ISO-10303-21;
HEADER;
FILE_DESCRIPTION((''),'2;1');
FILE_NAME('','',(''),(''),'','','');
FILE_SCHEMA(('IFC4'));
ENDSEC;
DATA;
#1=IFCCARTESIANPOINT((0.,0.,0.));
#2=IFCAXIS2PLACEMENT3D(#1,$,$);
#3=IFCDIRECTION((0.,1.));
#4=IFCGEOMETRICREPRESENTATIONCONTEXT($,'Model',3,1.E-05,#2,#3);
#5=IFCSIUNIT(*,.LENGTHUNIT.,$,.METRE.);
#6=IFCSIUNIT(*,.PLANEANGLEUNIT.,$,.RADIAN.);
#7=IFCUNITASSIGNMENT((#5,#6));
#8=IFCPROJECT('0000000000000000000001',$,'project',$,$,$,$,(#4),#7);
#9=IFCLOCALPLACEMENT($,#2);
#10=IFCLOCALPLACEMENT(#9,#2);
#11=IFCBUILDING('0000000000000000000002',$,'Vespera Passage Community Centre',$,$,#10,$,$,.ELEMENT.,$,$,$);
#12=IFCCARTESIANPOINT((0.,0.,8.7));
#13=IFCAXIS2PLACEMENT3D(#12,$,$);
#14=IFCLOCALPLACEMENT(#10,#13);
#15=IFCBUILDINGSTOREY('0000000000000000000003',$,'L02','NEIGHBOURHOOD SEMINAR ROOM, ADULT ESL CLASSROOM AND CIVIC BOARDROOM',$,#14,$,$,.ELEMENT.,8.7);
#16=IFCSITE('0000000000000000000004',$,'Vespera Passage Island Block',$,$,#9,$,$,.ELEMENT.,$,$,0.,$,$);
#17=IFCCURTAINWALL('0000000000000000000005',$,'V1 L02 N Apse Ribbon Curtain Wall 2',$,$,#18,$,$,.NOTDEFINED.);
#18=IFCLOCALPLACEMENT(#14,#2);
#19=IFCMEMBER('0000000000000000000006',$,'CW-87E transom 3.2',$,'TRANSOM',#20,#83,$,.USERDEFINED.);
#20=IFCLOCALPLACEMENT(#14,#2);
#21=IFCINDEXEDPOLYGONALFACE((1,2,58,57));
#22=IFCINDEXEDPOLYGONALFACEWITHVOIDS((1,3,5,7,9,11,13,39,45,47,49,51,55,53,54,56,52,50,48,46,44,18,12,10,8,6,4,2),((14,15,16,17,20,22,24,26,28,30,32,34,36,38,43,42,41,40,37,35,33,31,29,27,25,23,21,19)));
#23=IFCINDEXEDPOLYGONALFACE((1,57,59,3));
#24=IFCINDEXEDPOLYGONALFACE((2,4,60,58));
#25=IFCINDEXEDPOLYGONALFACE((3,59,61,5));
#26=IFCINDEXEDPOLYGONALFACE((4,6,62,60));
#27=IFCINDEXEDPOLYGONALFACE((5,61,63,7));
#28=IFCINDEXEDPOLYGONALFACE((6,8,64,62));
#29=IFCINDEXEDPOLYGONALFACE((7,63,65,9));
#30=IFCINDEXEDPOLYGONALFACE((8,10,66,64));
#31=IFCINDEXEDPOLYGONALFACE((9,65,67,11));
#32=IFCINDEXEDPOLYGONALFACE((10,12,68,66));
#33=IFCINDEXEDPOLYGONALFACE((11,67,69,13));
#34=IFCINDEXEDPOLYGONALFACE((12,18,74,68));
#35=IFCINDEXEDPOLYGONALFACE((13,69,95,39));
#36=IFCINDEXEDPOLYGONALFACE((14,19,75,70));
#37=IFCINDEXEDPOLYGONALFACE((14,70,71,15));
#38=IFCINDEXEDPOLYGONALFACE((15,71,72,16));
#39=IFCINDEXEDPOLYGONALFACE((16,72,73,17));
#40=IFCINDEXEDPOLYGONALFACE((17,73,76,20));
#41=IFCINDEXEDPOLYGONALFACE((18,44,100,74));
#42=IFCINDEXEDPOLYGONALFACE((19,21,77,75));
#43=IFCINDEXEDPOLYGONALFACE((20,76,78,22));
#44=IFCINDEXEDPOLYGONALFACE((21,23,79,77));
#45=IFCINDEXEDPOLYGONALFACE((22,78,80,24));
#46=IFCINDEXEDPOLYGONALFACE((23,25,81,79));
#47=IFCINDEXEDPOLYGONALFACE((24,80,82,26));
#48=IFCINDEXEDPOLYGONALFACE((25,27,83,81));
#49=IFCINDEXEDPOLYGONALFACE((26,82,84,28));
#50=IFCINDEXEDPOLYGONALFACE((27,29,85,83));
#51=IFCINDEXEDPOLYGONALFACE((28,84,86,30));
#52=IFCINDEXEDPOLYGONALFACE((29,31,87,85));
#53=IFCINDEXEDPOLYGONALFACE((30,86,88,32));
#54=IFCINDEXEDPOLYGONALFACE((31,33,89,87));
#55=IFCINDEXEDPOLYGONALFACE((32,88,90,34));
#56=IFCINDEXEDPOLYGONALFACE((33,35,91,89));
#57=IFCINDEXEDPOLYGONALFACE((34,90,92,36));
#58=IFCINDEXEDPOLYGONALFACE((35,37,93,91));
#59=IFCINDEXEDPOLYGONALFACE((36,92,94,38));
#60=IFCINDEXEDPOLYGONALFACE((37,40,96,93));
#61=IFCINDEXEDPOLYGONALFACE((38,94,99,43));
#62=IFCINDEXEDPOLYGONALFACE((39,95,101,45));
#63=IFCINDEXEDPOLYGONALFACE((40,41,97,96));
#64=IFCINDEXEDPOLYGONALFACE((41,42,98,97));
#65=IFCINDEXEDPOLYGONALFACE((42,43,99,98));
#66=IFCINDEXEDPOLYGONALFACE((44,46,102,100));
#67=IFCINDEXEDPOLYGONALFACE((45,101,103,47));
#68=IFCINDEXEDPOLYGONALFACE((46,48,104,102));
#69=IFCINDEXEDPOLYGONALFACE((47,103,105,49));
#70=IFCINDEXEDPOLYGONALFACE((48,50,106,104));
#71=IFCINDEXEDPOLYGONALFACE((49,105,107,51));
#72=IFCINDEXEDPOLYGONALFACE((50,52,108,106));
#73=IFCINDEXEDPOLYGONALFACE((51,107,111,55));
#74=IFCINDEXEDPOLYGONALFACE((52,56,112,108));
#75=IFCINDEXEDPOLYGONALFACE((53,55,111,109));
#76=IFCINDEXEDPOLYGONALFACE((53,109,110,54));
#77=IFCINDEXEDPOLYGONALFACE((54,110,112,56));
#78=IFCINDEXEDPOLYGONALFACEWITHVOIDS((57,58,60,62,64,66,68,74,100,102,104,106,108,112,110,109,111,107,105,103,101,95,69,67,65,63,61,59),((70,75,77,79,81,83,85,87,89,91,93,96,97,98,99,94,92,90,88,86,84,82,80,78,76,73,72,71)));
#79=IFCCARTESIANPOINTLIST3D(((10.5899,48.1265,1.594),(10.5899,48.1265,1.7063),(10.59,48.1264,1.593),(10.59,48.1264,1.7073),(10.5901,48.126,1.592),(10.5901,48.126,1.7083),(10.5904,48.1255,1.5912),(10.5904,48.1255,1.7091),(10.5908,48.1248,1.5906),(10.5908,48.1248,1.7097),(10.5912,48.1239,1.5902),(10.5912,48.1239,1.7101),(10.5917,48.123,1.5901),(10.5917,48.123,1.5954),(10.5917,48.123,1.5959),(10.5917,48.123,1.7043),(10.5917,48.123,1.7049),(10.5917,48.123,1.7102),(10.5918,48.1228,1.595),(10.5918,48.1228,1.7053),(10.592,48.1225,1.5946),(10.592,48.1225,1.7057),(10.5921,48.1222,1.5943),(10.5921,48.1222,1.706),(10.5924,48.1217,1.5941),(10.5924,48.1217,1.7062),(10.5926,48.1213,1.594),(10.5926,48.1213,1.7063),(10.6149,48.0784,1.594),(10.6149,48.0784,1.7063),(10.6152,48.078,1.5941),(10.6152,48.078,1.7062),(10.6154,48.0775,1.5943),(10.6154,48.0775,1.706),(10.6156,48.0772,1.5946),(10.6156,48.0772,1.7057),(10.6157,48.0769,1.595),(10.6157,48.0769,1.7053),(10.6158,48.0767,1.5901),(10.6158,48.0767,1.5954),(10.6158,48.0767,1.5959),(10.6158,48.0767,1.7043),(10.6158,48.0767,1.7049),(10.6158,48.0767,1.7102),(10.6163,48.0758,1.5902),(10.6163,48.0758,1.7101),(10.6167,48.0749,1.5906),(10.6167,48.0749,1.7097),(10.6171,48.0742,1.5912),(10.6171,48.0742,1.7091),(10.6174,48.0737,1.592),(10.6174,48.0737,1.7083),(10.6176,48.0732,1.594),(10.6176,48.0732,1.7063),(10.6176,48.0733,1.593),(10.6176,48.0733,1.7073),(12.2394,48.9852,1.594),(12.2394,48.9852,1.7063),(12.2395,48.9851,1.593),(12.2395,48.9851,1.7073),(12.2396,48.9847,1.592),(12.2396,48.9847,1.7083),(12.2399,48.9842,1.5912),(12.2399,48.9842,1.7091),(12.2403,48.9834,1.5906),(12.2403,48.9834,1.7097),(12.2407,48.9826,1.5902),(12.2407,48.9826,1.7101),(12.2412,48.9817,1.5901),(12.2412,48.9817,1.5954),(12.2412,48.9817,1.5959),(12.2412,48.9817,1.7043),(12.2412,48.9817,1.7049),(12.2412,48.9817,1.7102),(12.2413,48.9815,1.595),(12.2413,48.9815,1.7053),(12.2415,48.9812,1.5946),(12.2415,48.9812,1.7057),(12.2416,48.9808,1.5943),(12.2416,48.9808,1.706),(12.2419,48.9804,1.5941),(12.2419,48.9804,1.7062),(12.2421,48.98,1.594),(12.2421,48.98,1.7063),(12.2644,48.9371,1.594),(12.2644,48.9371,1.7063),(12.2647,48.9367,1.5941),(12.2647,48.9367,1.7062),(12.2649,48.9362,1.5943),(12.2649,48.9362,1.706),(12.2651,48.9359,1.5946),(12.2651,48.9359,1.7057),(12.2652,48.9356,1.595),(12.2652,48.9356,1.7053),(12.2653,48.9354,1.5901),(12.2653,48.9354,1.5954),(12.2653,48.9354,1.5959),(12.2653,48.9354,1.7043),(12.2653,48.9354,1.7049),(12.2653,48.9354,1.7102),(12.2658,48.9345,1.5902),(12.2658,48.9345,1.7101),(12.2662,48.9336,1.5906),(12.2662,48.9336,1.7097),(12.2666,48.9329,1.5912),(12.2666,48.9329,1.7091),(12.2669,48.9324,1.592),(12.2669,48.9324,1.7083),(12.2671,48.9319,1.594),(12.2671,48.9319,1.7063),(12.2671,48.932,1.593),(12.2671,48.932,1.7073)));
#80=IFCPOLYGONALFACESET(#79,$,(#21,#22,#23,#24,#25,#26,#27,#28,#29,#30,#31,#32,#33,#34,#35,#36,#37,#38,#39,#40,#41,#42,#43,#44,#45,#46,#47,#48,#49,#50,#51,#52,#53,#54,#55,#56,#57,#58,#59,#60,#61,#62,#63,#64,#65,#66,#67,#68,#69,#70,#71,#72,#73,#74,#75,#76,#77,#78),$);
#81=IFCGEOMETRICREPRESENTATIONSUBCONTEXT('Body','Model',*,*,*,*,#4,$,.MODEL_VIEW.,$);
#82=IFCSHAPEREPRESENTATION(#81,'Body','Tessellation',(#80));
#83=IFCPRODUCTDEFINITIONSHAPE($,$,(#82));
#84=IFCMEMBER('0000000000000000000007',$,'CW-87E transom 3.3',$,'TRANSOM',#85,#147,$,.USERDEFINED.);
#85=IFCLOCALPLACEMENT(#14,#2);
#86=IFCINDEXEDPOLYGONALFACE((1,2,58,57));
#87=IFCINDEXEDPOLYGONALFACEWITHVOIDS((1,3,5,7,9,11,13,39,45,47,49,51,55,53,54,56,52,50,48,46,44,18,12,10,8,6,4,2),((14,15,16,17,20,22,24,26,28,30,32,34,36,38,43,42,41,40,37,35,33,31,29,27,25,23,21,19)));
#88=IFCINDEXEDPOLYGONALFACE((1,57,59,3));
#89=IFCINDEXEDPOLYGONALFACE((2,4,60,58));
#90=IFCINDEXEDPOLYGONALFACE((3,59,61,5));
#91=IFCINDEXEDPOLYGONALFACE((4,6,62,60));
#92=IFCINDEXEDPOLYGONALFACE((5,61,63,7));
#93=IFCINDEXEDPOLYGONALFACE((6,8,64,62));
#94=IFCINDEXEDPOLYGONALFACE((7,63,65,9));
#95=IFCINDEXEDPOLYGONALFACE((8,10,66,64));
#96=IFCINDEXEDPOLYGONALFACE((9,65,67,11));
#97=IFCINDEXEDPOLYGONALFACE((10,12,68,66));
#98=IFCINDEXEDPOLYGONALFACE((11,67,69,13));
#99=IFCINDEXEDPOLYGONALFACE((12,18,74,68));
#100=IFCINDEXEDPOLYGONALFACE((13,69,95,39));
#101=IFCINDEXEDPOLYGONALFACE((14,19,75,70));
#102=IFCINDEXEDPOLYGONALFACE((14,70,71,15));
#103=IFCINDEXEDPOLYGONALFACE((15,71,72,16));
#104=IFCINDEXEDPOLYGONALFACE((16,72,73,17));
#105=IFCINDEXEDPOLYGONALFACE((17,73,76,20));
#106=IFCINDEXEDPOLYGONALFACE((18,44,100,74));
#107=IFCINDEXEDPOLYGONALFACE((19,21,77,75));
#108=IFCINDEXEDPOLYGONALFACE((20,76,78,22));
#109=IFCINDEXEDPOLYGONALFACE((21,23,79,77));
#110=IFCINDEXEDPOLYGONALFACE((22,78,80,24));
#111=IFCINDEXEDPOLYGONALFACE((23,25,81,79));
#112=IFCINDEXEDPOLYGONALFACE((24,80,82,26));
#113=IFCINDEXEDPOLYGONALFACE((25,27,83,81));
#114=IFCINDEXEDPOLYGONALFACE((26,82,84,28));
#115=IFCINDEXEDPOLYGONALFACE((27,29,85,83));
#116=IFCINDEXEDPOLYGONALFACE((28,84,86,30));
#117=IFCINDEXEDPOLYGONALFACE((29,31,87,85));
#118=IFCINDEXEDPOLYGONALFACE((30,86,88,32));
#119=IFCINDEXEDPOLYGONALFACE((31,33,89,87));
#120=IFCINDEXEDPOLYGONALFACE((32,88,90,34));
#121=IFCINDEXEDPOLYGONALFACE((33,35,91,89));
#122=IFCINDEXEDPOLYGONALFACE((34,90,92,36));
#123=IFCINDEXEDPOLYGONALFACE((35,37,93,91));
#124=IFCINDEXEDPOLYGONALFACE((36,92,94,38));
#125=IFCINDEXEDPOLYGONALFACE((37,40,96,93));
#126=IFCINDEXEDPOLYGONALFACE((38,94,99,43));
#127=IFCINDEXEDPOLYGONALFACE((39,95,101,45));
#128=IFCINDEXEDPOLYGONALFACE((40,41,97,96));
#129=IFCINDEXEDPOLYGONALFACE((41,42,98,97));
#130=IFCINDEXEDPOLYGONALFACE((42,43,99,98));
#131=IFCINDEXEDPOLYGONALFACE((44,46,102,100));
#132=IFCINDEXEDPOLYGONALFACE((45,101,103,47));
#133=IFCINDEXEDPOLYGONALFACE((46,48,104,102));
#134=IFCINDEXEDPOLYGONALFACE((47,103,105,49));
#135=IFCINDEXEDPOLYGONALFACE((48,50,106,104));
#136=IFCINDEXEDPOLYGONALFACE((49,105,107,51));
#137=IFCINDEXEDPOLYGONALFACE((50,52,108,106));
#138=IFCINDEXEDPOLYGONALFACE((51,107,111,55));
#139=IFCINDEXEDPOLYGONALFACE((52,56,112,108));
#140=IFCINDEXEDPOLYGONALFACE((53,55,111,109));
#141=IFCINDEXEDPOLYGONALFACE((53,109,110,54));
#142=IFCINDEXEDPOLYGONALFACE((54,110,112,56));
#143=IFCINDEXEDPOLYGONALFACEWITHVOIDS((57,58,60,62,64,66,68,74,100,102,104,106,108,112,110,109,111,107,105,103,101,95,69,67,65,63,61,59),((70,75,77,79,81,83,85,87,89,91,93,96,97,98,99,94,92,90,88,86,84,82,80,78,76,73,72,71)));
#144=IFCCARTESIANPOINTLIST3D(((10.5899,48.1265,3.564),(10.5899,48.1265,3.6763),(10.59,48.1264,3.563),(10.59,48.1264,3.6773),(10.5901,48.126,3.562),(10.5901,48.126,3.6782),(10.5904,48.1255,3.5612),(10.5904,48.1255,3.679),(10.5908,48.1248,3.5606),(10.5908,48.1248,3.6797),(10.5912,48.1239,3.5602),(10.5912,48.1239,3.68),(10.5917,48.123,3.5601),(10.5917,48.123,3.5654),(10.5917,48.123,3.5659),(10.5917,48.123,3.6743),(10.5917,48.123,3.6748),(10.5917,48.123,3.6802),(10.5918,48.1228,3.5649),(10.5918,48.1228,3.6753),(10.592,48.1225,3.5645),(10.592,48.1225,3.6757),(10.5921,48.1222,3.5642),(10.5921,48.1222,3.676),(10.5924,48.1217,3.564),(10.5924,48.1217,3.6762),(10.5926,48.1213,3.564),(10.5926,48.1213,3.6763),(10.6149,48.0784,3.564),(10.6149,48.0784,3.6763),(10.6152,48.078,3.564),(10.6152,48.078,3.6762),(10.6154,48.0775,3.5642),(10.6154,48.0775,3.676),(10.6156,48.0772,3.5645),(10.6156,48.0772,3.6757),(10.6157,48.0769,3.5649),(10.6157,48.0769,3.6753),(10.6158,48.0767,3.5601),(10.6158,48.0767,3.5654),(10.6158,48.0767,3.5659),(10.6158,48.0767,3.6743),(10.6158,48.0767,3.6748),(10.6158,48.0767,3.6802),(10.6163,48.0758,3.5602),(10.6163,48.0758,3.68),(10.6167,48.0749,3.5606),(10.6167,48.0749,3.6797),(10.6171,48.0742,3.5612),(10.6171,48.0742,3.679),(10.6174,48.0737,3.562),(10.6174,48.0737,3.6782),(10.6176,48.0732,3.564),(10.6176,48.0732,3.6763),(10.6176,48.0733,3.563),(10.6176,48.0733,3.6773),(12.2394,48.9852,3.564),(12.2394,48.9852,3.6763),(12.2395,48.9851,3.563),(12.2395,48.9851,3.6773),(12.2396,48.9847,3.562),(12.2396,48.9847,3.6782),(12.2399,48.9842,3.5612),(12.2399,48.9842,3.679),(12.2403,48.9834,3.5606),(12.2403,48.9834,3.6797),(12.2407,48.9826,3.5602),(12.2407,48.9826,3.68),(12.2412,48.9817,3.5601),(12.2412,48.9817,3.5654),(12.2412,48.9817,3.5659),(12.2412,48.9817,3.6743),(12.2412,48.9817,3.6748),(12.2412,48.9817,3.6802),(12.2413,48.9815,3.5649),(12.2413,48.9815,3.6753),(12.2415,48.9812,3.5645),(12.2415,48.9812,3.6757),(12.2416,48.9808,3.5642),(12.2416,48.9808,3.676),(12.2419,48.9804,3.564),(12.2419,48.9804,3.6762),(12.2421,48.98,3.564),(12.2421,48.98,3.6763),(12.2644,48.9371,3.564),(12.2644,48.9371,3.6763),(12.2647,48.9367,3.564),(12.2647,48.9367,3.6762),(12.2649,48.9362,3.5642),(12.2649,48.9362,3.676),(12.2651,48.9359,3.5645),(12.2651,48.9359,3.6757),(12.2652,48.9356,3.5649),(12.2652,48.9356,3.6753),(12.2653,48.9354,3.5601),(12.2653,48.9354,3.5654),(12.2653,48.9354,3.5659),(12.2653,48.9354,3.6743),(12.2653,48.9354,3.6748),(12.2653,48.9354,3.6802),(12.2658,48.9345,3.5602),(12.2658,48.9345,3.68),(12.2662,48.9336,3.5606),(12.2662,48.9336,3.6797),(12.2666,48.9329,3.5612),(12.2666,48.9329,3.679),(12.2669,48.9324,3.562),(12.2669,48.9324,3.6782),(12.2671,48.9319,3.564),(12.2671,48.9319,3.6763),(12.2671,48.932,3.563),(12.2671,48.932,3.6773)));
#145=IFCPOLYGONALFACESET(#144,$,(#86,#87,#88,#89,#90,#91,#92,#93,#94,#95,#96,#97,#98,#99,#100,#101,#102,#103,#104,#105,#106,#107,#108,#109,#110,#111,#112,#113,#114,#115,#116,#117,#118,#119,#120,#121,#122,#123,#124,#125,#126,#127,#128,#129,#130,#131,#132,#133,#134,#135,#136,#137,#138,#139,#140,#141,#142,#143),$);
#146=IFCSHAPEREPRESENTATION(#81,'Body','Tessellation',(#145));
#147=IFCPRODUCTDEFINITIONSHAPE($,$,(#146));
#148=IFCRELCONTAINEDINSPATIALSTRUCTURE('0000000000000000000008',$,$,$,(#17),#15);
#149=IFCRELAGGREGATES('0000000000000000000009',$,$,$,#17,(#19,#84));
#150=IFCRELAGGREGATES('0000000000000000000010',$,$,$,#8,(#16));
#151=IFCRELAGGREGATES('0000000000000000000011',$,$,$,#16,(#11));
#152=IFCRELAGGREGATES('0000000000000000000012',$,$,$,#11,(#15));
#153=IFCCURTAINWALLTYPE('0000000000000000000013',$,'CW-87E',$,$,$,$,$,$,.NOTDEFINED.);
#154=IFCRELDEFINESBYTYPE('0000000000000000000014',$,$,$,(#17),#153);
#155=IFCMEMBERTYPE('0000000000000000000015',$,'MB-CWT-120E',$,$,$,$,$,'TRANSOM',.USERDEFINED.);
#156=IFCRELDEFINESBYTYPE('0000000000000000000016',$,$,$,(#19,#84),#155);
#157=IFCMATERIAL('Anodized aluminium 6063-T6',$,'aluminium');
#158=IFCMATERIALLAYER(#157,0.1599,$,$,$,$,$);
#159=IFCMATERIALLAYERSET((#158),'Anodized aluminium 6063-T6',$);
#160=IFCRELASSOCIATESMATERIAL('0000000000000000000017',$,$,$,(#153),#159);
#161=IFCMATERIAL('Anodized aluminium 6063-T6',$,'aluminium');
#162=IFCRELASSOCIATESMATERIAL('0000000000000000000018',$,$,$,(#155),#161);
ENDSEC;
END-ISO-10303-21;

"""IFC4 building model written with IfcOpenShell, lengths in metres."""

from ifc_helpers import new_model, si_unit, direction, frame, origin, origin_2d, place, context, subcontext, project, spatial, hollow_rectangle, extrude, material, layer, layer_set, material_profile, profile_set, type_object, element, aggregate, save


model = new_model("IFC4")

# Units and contexts
model_context = context("Model", 3, precision=1e-05, world=origin(), true_north=direction((0.0, 1.0)))
body_context = subcontext(model_context, "Body", "Model", "MODEL_VIEW")
ifc_project = project(units=[si_unit("LENGTHUNIT", "METRE"), si_unit("PLANEANGLEUNIT", "RADIAN")], contexts=[model_context])

# Site, building, storey
site_placement = place(None, origin())
site = spatial("IfcSite", under=ifc_project, at=site_placement, Name="Vespera Passage Island Block", CompositionType="ELEMENT", RefElevation=0.0)
building_placement = place(site_placement, origin())
building = spatial("IfcBuilding", under=site, at=building_placement, Name="Vespera Passage Community Centre", CompositionType="ELEMENT")
storey_placement = place(building_placement, frame((0.0, 0.0, 8.7)))
storey = spatial("IfcBuildingStorey", under=building, at=storey_placement, Name="L02", Description="NEIGHBOURHOOD SEMINAR ROOM, ADULT ESL CLASSROOM AND CIVIC BOARDROOM", CompositionType="ELEMENT", Elevation=8.7)

# Curtain wall, members
ifc_material_1 = material(Name="Anodized aluminium 6063-T6", Category="aluminium")
ifc_layer_1 = layer(ifc_material_1, 0.1599)
ifc_layer_set_1 = layer_set([ifc_layer_1], Name="Anodized aluminium 6063-T6")
curtain_wall_type = type_object("IfcCurtainWallType", Name="CW-87E", PredefinedType="NOTDEFINED", material=ifc_layer_set_1)
curtain_wall_placement = place(storey_placement, origin())
curtain_wall = element("IfcCurtainWall", 1, at=curtain_wall_placement, inside=storey, type_object=curtain_wall_type, Name="V1 L02 N Apse Ribbon Curtain Wall 2", PredefinedType="NOTDEFINED")
ifc_material_2 = material(Name="Anodized aluminium 6063-T6", Category="aluminium")
ifc_material_profile_1 = material_profile(ifc_material_2, hollow_rectangle(XDim=0.0601, YDim=0.1201, WallThickness=0.0039, InnerFilletRadius=0.002, OuterFilletRadius=0.0039, at=origin_2d()), Name="ALU120X60X4")
ifc_profile_set_1 = profile_set([ifc_material_profile_1], Name="Anodized aluminium 6063-T6")
member_type_1 = type_object("IfcMemberType", Name="MB-CWT-120E", ElementType="TRANSOM", PredefinedType="USERDEFINED", material=ifc_profile_set_1)
member_1_placement = place(storey_placement, frame((10.6038, 48.0999, 1.6501), z_axis=(0.887008, 0.461754, 0.0), x_axis=(-0.461754, 0.887008, 0.0)))
member_1 = element("IfcMember", 2, at=member_1_placement, type_object=member_type_1, Name="CW-87E transom 3.2", ObjectType="TRANSOM", PredefinedType="USERDEFINED", context=body_context, shape_type="SweptSolid", body=[
    extrude(hollow_rectangle(XDim=0.0601, YDim=0.1201, WallThickness=0.0039, InnerFilletRadius=0.002, OuterFilletRadius=0.0039, at=origin_2d()), origin(), (0.0, 0.0, 1.0), 1.8596),
])
member_2_placement = place(storey_placement, frame((10.6038, 48.0999, 3.6201), z_axis=(0.887008, 0.461754, 0.0), x_axis=(-0.461754, 0.887008, 0.0)))
member_2 = element("IfcMember", 3, at=member_2_placement, type_object=member_type_1, Name="CW-87E transom 3.3", ObjectType="TRANSOM", PredefinedType="USERDEFINED", context=body_context, shape_type="SweptSolid", body=[
    extrude(hollow_rectangle(XDim=0.0601, YDim=0.1201, WallThickness=0.0039, InnerFilletRadius=0.002, OuterFilletRadius=0.0039, at=origin_2d()), origin(), (0.0, 0.0, 1.0), 1.8596),
])
aggregate(curtain_wall, [member_1, member_2])

save(model, "model.ifc")
